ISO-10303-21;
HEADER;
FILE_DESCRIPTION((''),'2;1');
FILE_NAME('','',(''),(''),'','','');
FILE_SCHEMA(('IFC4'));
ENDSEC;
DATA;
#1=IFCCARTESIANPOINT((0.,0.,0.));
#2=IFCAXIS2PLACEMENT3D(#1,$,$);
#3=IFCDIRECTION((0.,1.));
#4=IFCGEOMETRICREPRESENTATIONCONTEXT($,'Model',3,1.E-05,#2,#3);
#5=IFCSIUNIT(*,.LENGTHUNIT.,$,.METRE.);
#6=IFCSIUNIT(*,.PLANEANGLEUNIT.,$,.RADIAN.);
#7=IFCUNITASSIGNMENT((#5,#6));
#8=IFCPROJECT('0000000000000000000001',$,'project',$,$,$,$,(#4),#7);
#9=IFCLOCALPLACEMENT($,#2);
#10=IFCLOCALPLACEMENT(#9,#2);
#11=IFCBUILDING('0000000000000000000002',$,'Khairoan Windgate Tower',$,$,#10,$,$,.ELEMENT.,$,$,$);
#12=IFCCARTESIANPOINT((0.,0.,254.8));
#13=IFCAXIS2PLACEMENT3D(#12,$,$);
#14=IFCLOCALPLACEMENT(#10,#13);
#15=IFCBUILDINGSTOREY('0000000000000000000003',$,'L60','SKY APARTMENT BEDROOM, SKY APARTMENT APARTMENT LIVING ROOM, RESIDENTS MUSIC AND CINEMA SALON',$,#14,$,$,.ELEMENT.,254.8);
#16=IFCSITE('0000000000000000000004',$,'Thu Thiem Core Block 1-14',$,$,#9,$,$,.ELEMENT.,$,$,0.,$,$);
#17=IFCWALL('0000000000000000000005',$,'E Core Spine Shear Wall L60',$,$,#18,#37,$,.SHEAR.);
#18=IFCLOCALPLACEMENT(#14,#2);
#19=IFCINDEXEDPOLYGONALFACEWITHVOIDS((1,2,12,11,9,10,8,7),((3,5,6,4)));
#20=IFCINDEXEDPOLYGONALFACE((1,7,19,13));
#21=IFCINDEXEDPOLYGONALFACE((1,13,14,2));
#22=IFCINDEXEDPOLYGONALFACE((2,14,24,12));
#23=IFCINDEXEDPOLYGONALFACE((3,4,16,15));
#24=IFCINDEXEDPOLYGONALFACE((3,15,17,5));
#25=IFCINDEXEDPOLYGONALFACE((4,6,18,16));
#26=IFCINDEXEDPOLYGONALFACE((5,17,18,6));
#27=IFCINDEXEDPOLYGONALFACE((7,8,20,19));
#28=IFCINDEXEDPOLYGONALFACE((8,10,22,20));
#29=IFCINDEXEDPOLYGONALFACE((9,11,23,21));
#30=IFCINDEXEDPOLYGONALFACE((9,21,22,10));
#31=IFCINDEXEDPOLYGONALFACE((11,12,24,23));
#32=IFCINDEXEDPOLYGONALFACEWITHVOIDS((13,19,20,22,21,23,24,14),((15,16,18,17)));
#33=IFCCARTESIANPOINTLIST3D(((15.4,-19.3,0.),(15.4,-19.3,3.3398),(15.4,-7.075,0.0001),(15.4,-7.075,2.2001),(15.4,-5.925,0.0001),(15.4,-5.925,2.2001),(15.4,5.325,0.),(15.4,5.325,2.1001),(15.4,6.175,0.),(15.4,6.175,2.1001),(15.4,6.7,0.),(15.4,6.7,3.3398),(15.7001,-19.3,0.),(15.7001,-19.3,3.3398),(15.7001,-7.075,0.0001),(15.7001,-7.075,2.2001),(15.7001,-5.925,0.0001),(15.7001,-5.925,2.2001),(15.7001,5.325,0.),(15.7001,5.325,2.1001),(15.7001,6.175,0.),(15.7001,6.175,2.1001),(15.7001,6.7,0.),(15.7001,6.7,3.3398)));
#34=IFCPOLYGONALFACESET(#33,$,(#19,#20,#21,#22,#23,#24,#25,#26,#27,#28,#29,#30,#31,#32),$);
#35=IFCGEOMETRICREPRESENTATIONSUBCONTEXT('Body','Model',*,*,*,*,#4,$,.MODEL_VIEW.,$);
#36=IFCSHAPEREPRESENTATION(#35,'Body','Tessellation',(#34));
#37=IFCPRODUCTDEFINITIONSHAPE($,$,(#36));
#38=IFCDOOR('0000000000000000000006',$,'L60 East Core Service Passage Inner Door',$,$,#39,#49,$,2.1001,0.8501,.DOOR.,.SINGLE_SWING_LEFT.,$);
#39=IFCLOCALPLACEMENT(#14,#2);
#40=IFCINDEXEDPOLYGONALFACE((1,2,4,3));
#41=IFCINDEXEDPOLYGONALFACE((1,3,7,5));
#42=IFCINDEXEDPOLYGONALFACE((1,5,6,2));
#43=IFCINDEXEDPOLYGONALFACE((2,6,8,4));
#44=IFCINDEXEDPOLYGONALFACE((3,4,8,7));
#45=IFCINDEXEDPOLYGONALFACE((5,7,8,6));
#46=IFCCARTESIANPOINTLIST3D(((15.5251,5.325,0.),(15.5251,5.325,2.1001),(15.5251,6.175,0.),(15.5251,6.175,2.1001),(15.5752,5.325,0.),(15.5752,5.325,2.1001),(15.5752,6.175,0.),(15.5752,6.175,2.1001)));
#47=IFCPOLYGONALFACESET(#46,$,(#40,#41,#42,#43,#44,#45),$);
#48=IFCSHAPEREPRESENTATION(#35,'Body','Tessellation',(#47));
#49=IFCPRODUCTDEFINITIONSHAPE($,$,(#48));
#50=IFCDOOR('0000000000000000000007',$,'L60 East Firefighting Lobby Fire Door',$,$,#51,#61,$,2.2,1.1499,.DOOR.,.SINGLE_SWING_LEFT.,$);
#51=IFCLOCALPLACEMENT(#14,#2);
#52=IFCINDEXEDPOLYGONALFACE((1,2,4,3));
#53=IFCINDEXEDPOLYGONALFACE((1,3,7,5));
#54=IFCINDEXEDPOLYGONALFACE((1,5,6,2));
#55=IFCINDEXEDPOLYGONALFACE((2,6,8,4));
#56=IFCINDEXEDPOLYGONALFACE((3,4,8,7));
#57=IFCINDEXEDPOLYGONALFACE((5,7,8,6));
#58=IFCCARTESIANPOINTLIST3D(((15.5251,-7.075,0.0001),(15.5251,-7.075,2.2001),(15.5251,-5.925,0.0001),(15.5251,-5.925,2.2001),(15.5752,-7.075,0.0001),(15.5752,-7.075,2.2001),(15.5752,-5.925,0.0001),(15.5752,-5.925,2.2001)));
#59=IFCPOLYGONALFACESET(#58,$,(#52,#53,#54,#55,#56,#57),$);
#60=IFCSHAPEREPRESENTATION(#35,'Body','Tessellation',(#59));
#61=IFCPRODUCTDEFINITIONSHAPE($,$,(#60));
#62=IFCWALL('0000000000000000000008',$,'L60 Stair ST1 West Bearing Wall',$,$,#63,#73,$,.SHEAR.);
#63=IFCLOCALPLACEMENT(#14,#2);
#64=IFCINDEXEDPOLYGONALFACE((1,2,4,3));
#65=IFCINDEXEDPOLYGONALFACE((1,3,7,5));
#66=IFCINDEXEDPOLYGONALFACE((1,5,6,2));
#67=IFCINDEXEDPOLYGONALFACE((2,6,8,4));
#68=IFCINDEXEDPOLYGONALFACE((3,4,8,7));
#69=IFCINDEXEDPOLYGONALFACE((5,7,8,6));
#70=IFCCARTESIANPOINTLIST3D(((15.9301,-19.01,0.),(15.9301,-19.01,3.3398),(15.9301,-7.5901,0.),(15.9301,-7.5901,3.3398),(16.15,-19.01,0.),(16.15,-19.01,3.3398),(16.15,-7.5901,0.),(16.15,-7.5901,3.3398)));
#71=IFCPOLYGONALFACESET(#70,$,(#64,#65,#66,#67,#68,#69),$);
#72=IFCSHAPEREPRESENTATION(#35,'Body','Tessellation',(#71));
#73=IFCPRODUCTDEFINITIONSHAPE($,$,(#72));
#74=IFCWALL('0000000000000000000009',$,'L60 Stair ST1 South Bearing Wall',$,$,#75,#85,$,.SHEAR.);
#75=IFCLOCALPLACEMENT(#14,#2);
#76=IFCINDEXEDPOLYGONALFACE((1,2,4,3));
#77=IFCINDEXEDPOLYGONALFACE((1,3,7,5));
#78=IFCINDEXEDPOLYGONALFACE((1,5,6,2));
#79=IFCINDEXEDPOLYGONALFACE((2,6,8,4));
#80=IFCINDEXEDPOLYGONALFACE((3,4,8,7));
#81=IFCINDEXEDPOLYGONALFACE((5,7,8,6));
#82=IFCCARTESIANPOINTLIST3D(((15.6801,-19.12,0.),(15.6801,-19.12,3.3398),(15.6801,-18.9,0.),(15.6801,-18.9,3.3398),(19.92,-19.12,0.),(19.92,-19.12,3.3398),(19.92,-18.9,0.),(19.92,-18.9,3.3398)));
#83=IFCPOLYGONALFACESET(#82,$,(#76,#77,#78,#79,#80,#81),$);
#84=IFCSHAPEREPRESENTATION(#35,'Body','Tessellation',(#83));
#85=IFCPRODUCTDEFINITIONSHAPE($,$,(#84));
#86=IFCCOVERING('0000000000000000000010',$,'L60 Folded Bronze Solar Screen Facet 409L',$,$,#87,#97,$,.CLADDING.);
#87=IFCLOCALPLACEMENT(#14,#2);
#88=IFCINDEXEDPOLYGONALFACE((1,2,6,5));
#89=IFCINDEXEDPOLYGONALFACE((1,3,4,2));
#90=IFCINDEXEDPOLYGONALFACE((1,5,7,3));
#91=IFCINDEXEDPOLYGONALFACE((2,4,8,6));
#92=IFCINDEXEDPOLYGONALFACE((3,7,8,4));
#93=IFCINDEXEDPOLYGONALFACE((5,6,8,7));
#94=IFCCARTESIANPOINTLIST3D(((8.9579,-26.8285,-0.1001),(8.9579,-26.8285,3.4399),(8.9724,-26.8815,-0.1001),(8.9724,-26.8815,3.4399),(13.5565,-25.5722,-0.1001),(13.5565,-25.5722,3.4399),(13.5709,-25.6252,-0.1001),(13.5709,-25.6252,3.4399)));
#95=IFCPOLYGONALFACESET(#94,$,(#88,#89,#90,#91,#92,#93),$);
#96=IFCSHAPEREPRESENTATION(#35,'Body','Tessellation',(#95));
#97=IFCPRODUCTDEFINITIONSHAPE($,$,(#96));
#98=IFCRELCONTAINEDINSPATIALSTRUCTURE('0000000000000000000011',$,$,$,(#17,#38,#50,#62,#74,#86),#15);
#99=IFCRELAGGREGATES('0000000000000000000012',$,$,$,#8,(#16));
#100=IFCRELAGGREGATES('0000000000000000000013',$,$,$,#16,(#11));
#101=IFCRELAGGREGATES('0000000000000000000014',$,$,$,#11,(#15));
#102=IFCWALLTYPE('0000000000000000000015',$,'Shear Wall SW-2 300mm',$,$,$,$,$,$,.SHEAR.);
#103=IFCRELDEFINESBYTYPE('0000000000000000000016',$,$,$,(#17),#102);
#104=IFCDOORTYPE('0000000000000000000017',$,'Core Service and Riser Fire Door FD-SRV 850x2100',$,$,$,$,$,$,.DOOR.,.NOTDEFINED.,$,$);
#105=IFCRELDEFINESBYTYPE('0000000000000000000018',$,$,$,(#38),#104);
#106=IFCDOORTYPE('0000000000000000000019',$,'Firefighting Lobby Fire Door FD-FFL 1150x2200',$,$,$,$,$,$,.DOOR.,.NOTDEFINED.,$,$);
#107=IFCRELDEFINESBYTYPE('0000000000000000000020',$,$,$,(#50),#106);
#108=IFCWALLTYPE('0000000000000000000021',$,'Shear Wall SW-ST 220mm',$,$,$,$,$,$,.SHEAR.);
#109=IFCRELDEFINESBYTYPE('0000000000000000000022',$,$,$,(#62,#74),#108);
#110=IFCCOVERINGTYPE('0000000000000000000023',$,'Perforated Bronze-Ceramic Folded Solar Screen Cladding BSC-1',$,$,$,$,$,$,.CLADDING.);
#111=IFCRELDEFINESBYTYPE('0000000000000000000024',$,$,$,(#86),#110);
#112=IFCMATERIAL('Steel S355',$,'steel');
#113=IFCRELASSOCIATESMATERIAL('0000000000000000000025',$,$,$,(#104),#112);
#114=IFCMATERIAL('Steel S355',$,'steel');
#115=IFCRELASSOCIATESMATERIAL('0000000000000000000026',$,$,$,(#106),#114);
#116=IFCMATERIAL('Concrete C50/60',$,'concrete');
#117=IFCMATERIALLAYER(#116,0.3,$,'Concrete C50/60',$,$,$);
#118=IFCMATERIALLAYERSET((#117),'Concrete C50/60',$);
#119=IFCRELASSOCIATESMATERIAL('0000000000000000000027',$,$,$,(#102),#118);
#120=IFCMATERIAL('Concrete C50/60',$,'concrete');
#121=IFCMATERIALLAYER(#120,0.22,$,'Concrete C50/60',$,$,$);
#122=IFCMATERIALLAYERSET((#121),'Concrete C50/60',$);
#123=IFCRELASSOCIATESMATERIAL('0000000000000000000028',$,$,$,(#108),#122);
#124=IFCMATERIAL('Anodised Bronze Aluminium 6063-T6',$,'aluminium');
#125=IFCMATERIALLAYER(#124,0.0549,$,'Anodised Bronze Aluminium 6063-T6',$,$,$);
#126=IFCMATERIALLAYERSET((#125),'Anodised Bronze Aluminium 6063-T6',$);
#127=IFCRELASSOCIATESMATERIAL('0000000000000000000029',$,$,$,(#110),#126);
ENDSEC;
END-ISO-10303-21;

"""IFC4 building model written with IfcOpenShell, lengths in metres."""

from ifc_helpers import new_model, si_unit, direction, frame, frame_2d, origin, origin_2d, place, context, subcontext, project, spatial, rectangle, extrude, material, layer, layer_set, type_object, element, fill, save


model = new_model("IFC4")

# Units and contexts
model_context = context("Model", 3, precision=1e-05, world=origin(), true_north=direction((0.0, 1.0)))
body_context = subcontext(model_context, "Body", "Model", "MODEL_VIEW")
ifc_project = project(units=[si_unit("LENGTHUNIT", "METRE"), si_unit("PLANEANGLEUNIT", "RADIAN")], contexts=[model_context])

# Site, building, storey
site_placement = place(None, origin())
site = spatial("IfcSite", under=ifc_project, at=site_placement, Name="Thu Thiem Core Block 1-14", CompositionType="ELEMENT", RefElevation=0.0)
building_placement = place(site_placement, origin())
building = spatial("IfcBuilding", under=site, at=building_placement, Name="Khairoan Windgate Tower", CompositionType="ELEMENT")
storey_placement = place(building_placement, frame((0.0, 0.0, 254.8)))
storey = spatial("IfcBuildingStorey", under=building, at=storey_placement, Name="L60", Description="SKY APARTMENT BEDROOM, SKY APARTMENT APARTMENT LIVING ROOM, RESIDENTS MUSIC AND CINEMA SALON", CompositionType="ELEMENT", Elevation=254.8)

# Shared definitions
ifc_material_1 = material(Name="Steel S355", Category="steel")
door_type_1 = type_object("IfcDoorType", Name="Core Service and Riser Fire Door FD-SRV 850x2100", OperationType="NOTDEFINED", PredefinedType="DOOR", material=ifc_material_1)
ifc_material_2 = material(Name="Steel S355", Category="steel")
door_type_2 = type_object("IfcDoorType", Name="Firefighting Lobby Fire Door FD-FFL 1150x2200", OperationType="NOTDEFINED", PredefinedType="DOOR", material=ifc_material_2)

# Wall, openings, doors
ifc_material_3 = material(Name="Concrete C50/60", Category="concrete")
ifc_layer_1 = layer(ifc_material_3, 0.3, Name="Concrete C50/60")
ifc_layer_set_1 = layer_set([ifc_layer_1], Name="Concrete C50/60")
wall_type_1 = type_object("IfcWallType", Name="Shear Wall SW-2 300mm", PredefinedType="SHEAR", material=ifc_layer_set_1)
wall_1_placement = place(storey_placement, frame((15.55, -19.3, 0.0), z_axis=(0.0, 0.0, 1.0), x_axis=(0.0, 1.0, 0.0)))
wall_1 = element("IfcWall", 1, at=wall_1_placement, inside=storey, type_object=wall_type_1, Name="E Core Spine Shear Wall L60", PredefinedType="SHEAR", context=body_context, shape_type="SweptSolid", body=[
    extrude(rectangle(XDim=26.0, YDim=0.3, at=frame_2d((13.0, 0.0))), origin(), (0.0, 0.0, 1.0), 3.3398),
])
opening_1_placement = place(wall_1_placement, frame((12.2251, 0.0, 0.0)))
opening_1 = element("IfcOpeningElement", 2, at=opening_1_placement, cuts=wall_1, PredefinedType="OPENING", context=body_context, shape_type="SweptSolid", body=[
    extrude(rectangle(XDim=1.1499, YDim=2.2, at=frame_2d((0.575, 1.1001))), frame((0.0, 0.1599, 0.0), z_axis=(0.0, -1.0, 0.0), x_axis=(1.0, 0.0, 0.0)), (0.0, 0.0, 1.0), 0.3201),
])
opening_2_placement = place(wall_1_placement, frame((24.625, 0.0, 0.0)))
opening_2 = element("IfcOpeningElement", 3, at=opening_2_placement, cuts=wall_1, PredefinedType="OPENING", context=body_context, shape_type="SweptSolid", body=[
    extrude(rectangle(XDim=0.8501, YDim=2.1001, at=frame_2d((0.425, 1.05))), frame((0.0, 0.1599, 0.0), z_axis=(0.0, -1.0, 0.0), x_axis=(1.0, 0.0, 0.0)), (0.0, 0.0, 1.0), 0.3201),
])
door_1_placement = place(opening_2_placement, origin())
door_1 = element("IfcDoor", 4, at=door_1_placement, inside=storey, type_object=door_type_1, Name="L60 East Core Service Passage Inner Door", OperationType="SINGLE_SWING_LEFT", OverallHeight=2.1001, OverallWidth=0.8501, PredefinedType="DOOR", context=body_context, shape_type="SweptSolid", body=[
    extrude(rectangle(XDim=0.8501, YDim=2.1001, at=frame_2d((0.425, 1.05))), frame((0.0, 0.0249, 0.0), z_axis=(0.0, -1.0, 0.0), x_axis=(1.0, 0.0, 0.0)), (0.0, 0.0, 1.0), 0.05),
])
fill(opening_2, door_1)
door_2_placement = place(opening_1_placement, origin())
door_2 = element("IfcDoor", 5, at=door_2_placement, inside=storey, type_object=door_type_2, Name="L60 East Firefighting Lobby Fire Door", OperationType="SINGLE_SWING_LEFT", OverallHeight=2.2, OverallWidth=1.1499, PredefinedType="DOOR", context=body_context, shape_type="SweptSolid", body=[
    extrude(rectangle(XDim=1.1499, YDim=2.2, at=frame_2d((0.575, 1.1001))), frame((0.0, 0.0249, 0.0), z_axis=(0.0, -1.0, 0.0), x_axis=(1.0, 0.0, 0.0)), (0.0, 0.0, 1.0), 0.05),
])
fill(opening_1, door_2)

# Walls
ifc_material_4 = material(Name="Concrete C50/60", Category="concrete")
ifc_layer_2 = layer(ifc_material_4, 0.22, Name="Concrete C50/60")
ifc_layer_set_2 = layer_set([ifc_layer_2], Name="Concrete C50/60")
wall_type_2 = type_object("IfcWallType", Name="Shear Wall SW-ST 220mm", PredefinedType="SHEAR", material=ifc_layer_set_2)
wall_2_placement = place(storey_placement, frame((16.04, -19.01, 0.0), z_axis=(0.0, 0.0, 1.0), x_axis=(0.0, 1.0, 0.0)))
element("IfcWall", 6, at=wall_2_placement, inside=storey, type_object=wall_type_2, Name="L60 Stair ST1 West Bearing Wall", PredefinedType="SHEAR", context=body_context, shape_type="SweptSolid", body=[
    extrude(rectangle(XDim=11.4199, YDim=0.22, at=frame_2d((5.71, 0.0))), origin(), (0.0, 0.0, 1.0), 3.3398),
])
wall_3_placement = place(storey_placement, frame((15.6799, -19.01, 0.0), z_axis=(0.0, 0.0, 1.0), x_axis=(1.0, 0.0, 0.0)))
element("IfcWall", 7, at=wall_3_placement, inside=storey, type_object=wall_type_2, Name="L60 Stair ST1 South Bearing Wall", PredefinedType="SHEAR", context=body_context, shape_type="SweptSolid", body=[
    extrude(rectangle(XDim=4.24, YDim=0.22, at=frame_2d((2.1201, 0.0))), origin(), (0.0, 0.0, 1.0), 3.3398),
])

# Covering
ifc_material_5 = material(Name="Anodised Bronze Aluminium 6063-T6", Category="aluminium")
ifc_layer_3 = layer(ifc_material_5, 0.0549, Name="Anodised Bronze Aluminium 6063-T6")
ifc_layer_set_3 = layer_set([ifc_layer_3], Name="Anodised Bronze Aluminium 6063-T6")
covering_type = type_object("IfcCoveringType", Name="Perforated Bronze-Ceramic Folded Solar Screen Cladding BSC-1", PredefinedType="CLADDING", material=ifc_layer_set_3)
covering_placement = place(storey_placement, frame((11.2644, -26.2268, -0.1001), z_axis=(0.0, 0.0, 1.0), x_axis=(-0.964649, -0.263536, 0.0)))
element("IfcCovering", 8, at=covering_placement, inside=storey, type_object=covering_type, Name="L60 Folded Bronze Solar Screen Facet 409L", PredefinedType="CLADDING", context=body_context, shape_type="SweptSolid", body=[
    extrude(rectangle(XDim=4.7671, YDim=0.0549, at=origin_2d()), origin(), (0.0, 0.0, 1.0), 3.54),
])

save(model, "model.ifc")
